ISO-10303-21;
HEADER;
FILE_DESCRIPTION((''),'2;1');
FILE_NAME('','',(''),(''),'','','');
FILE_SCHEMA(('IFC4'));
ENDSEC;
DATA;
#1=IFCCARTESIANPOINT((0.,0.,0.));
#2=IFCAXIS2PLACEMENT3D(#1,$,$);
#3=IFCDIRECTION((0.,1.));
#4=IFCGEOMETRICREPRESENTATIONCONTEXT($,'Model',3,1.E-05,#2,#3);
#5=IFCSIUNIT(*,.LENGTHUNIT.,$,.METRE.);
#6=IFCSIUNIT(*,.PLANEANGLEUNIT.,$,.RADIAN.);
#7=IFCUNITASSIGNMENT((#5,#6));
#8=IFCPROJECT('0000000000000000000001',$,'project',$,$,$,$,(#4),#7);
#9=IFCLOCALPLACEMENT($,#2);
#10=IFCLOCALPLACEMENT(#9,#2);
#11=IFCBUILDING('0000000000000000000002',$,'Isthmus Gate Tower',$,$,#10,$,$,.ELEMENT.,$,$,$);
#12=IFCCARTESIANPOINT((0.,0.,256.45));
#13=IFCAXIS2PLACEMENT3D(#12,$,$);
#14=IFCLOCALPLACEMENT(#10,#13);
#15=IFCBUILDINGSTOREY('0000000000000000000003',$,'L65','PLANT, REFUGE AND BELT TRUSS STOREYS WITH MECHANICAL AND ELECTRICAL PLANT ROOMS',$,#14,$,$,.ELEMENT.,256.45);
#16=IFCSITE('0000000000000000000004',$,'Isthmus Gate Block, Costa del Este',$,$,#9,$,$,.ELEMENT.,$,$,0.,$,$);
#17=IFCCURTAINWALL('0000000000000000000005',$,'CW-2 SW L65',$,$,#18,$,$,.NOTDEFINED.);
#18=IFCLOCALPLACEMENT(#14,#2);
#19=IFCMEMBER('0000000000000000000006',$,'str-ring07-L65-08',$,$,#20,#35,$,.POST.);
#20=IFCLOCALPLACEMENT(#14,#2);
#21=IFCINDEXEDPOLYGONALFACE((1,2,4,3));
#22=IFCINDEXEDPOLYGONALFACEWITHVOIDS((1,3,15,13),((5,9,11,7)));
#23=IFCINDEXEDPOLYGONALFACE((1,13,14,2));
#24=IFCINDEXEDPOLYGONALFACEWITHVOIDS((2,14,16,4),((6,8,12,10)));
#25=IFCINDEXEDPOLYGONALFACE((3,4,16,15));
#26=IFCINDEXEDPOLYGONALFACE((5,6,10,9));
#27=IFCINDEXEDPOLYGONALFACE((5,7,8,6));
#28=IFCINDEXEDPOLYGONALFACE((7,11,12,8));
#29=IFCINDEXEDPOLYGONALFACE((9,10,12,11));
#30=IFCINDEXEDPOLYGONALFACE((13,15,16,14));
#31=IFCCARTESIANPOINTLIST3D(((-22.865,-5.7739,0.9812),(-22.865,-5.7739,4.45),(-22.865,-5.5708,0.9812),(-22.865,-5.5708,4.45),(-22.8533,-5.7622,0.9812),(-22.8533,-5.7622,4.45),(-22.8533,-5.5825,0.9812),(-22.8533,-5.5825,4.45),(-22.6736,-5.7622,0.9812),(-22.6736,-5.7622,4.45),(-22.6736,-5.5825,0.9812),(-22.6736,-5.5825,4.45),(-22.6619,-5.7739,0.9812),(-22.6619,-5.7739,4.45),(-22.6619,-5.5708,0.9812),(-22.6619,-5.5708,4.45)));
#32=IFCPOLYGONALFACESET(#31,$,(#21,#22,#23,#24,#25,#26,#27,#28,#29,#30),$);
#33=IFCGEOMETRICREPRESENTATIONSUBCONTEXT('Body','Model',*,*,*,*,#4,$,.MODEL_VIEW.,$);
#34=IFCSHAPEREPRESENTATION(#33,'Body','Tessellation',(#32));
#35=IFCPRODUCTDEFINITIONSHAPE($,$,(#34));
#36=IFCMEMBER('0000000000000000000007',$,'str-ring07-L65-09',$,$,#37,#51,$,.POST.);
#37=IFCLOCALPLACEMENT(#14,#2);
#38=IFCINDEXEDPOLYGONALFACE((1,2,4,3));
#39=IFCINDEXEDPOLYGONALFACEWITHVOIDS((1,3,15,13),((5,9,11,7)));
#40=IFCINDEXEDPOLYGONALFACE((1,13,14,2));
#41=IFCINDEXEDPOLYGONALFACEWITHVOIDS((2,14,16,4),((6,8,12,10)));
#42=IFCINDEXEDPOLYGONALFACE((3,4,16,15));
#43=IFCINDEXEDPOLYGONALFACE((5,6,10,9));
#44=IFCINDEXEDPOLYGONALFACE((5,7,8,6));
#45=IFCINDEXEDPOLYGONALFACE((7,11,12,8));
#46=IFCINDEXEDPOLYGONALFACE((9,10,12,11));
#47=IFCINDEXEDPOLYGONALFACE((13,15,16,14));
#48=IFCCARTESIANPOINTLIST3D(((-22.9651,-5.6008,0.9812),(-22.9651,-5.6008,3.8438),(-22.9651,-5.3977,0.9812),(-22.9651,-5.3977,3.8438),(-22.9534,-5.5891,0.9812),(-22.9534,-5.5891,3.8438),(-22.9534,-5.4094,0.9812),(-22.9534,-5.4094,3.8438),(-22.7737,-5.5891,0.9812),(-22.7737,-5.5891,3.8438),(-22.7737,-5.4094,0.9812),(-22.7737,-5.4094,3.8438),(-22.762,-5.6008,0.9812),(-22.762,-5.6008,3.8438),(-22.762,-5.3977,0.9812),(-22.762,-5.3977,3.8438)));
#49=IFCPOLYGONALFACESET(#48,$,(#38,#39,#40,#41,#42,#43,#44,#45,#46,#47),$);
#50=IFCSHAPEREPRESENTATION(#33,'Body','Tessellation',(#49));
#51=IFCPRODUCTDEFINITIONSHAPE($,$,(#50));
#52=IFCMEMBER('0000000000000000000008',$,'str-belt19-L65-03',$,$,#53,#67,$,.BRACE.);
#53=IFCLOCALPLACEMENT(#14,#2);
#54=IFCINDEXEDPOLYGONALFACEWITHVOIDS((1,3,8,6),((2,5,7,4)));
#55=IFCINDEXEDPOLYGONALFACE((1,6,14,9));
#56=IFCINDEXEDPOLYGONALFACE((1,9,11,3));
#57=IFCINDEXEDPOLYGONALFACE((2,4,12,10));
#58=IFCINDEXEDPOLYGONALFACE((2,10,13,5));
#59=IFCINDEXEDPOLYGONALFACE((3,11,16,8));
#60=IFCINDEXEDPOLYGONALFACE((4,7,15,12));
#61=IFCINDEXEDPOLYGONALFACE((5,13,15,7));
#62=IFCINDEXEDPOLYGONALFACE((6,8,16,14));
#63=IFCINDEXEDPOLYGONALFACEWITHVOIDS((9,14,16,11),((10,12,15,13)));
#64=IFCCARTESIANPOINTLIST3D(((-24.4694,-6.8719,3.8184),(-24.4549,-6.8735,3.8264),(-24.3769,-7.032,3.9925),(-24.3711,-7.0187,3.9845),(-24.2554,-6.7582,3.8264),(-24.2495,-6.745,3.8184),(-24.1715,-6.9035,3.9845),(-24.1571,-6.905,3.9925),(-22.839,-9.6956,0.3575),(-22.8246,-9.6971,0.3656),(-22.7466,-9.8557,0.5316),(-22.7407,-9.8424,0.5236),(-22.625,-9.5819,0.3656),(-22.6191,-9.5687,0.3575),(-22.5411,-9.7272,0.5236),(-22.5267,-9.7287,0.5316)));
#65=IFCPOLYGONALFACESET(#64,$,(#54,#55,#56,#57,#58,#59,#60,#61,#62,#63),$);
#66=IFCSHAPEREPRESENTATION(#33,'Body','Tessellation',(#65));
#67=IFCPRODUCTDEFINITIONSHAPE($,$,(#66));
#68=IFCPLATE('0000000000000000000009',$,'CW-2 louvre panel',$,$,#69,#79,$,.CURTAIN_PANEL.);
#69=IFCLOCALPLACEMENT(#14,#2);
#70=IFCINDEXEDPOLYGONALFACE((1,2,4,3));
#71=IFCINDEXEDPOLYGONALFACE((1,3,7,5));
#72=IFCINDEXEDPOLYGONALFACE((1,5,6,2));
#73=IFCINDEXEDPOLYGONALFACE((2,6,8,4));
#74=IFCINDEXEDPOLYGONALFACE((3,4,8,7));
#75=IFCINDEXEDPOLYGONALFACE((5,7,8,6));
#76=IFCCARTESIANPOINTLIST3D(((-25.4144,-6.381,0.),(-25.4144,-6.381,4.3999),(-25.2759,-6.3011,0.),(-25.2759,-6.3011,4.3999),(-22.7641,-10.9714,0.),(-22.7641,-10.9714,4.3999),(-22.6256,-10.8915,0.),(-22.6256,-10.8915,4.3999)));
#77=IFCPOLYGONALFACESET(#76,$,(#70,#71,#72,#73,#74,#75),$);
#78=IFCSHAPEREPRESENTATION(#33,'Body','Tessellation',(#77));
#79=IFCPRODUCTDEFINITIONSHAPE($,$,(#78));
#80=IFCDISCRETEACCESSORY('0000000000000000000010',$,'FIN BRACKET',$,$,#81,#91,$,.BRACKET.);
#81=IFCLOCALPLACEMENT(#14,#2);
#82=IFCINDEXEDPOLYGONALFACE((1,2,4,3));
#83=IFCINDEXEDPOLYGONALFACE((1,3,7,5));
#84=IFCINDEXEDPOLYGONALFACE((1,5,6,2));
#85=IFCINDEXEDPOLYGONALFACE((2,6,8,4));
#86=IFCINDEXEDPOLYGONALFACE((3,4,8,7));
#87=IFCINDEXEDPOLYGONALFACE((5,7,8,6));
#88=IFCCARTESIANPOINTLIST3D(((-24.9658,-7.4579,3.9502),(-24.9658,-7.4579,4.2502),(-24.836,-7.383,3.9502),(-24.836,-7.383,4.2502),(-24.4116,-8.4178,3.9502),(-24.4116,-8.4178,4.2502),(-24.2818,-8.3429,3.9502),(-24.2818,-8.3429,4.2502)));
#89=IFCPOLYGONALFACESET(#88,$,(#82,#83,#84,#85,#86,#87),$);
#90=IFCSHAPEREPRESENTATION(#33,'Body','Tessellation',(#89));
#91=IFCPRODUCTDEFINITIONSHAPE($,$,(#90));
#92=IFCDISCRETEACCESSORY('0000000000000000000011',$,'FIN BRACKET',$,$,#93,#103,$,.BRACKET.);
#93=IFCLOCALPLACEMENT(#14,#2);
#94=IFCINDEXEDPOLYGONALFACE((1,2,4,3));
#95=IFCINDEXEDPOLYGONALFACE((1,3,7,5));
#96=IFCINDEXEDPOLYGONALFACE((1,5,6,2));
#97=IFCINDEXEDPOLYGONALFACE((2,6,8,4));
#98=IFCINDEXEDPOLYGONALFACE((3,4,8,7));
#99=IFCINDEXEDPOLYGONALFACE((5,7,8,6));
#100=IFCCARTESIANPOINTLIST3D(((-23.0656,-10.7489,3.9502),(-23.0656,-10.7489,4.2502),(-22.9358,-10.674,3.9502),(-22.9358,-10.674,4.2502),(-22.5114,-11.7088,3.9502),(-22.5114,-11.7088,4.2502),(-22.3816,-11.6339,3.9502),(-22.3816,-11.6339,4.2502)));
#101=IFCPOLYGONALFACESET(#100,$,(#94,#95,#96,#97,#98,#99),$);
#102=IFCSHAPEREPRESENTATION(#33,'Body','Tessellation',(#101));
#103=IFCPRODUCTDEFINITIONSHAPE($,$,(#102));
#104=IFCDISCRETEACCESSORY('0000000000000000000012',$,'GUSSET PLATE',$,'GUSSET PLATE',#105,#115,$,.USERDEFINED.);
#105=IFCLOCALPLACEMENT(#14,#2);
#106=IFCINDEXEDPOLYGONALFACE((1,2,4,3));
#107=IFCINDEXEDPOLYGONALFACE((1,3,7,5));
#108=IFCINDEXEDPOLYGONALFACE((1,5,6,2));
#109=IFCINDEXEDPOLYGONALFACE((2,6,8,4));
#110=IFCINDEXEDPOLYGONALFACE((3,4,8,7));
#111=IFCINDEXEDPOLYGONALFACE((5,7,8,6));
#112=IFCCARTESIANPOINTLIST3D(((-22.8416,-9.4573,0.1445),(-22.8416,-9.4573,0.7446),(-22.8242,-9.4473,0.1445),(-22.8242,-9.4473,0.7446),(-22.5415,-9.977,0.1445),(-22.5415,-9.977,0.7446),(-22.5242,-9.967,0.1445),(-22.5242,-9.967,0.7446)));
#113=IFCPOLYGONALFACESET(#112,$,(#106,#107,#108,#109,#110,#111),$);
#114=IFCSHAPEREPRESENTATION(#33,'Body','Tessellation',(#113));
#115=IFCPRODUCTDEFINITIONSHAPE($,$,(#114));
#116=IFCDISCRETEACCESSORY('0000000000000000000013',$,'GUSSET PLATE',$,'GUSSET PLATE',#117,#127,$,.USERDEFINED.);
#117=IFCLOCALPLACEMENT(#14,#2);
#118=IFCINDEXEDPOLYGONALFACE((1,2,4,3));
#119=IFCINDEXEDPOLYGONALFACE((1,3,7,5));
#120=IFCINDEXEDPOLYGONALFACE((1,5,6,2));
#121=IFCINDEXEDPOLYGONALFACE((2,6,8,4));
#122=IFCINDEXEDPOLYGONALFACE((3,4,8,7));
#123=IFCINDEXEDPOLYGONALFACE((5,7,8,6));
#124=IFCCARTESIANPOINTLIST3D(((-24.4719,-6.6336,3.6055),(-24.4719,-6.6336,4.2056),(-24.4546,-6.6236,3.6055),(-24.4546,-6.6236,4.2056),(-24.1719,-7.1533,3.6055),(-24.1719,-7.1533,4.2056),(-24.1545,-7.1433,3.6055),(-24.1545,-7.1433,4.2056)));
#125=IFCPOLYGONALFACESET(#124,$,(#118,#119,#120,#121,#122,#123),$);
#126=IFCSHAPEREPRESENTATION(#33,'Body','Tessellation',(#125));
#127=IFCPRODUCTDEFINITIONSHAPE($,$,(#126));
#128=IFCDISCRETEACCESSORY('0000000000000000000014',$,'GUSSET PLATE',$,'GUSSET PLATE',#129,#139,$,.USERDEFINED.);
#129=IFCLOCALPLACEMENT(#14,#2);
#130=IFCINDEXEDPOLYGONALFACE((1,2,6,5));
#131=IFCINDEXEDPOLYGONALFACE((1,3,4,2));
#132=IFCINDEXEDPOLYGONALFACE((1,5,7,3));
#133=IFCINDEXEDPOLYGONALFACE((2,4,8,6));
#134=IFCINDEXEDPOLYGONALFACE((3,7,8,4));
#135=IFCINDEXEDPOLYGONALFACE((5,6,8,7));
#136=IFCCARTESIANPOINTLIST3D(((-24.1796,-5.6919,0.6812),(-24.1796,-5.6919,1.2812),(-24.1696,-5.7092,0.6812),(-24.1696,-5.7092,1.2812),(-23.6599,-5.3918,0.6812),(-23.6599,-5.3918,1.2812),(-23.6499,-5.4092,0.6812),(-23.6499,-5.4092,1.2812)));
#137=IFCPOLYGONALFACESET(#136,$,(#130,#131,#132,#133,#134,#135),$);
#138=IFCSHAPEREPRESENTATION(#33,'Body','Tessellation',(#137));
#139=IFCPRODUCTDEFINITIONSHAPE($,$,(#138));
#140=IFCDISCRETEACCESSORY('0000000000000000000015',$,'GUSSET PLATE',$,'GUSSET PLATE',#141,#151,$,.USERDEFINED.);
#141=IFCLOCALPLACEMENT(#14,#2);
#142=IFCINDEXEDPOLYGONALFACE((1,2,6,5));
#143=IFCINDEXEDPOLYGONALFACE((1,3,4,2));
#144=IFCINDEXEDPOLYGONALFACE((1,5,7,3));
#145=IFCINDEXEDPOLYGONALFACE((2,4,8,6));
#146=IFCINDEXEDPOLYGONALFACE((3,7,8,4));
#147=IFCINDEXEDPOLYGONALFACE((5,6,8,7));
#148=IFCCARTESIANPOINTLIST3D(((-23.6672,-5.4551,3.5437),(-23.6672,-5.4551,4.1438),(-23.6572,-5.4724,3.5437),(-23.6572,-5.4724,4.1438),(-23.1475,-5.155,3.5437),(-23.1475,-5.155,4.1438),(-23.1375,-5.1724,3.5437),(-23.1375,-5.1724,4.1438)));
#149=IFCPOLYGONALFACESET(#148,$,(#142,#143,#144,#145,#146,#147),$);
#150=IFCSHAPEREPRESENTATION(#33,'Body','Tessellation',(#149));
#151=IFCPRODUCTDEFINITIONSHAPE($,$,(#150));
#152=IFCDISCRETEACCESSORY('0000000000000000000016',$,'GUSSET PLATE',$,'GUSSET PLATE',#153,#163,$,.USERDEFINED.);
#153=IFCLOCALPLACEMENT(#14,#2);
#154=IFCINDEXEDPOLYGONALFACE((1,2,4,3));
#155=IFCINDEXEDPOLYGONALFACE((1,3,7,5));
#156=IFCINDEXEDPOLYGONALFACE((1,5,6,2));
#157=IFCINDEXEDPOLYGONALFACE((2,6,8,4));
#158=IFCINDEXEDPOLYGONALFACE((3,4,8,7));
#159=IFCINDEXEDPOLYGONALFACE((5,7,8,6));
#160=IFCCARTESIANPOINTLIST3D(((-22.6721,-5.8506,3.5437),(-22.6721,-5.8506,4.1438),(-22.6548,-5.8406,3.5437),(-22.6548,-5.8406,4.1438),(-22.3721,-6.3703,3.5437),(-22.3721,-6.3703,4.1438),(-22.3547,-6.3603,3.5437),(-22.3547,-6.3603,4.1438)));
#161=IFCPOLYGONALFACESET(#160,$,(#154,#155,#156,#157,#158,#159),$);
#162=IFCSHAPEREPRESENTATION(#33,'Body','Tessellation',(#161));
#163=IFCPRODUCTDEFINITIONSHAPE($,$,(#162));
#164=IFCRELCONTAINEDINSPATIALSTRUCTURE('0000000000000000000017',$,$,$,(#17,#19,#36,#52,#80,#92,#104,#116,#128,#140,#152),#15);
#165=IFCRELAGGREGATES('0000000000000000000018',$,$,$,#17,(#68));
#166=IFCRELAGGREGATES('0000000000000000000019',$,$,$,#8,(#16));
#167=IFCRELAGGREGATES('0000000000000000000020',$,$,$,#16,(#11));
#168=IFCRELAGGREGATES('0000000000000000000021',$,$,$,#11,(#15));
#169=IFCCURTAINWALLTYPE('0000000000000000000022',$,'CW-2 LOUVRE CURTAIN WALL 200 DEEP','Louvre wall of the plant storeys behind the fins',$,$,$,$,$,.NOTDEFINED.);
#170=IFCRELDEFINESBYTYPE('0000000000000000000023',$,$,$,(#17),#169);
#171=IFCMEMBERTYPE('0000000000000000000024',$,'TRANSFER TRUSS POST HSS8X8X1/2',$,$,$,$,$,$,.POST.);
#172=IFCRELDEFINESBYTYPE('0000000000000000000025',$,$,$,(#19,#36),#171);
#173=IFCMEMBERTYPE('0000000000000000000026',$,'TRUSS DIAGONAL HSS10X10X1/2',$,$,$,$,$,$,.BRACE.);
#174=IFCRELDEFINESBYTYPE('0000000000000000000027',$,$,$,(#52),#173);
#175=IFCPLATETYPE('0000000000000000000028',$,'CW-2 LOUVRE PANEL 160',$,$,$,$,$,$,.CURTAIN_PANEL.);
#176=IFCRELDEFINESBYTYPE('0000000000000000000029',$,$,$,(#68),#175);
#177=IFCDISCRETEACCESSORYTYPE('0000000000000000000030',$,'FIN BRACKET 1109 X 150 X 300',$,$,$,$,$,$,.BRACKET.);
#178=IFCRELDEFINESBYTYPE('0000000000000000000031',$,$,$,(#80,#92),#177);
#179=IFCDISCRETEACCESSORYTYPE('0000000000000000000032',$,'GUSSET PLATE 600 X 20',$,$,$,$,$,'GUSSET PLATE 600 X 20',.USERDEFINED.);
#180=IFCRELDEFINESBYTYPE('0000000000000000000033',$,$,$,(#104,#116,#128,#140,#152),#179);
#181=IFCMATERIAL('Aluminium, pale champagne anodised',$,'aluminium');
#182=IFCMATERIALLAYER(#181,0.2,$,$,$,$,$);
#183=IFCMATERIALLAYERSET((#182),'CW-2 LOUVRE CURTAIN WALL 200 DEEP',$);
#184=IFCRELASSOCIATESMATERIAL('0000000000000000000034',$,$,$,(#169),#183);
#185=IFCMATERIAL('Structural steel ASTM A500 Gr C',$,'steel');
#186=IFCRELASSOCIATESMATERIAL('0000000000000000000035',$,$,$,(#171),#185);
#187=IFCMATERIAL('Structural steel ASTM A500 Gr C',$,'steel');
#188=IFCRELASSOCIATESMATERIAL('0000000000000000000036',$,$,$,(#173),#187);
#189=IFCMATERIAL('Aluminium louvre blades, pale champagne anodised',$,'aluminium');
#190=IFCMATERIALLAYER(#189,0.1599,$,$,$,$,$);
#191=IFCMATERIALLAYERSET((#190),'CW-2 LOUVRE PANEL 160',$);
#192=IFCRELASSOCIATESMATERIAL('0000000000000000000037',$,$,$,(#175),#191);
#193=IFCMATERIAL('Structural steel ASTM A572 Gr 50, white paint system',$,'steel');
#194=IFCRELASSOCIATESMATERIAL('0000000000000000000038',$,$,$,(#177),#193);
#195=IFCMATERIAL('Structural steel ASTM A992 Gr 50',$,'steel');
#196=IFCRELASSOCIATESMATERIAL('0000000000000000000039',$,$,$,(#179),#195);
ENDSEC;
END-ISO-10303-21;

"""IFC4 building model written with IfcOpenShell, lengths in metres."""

from ifc_helpers import new_model, si_unit, direction, frame, origin, origin_2d, place, context, subcontext, project, spatial, rectangle, hollow_rectangle, extrude, material, layer, layer_set, material_profile, profile_set, type_object, element, aggregate, save


model = new_model("IFC4")

# Units and contexts
model_context = context("Model", 3, precision=1e-05, world=origin(), true_north=direction((0.0, 1.0)))
body_context = subcontext(model_context, "Body", "Model", "MODEL_VIEW")
ifc_project = project(units=[si_unit("LENGTHUNIT", "METRE"), si_unit("PLANEANGLEUNIT", "RADIAN")], contexts=[model_context])

# Site, building, storey
site_placement = place(None, origin())
site = spatial("IfcSite", under=ifc_project, at=site_placement, Name="Isthmus Gate Block, Costa del Este", CompositionType="ELEMENT", RefElevation=0.0)
building_placement = place(site_placement, origin())
building = spatial("IfcBuilding", under=site, at=building_placement, Name="Isthmus Gate Tower", CompositionType="ELEMENT")
storey_placement = place(building_placement, frame((0.0, 0.0, 256.45)))
storey = spatial("IfcBuildingStorey", under=building, at=storey_placement, Name="L65", Description="PLANT, REFUGE AND BELT TRUSS STOREYS WITH MECHANICAL AND ELECTRICAL PLANT ROOMS", CompositionType="ELEMENT", Elevation=256.45)

# Curtain wall
ifc_material_1 = material(Name="Aluminium, pale champagne anodised", Category="aluminium")
ifc_layer_1 = layer(ifc_material_1, 0.2)
ifc_layer_set_1 = layer_set([ifc_layer_1], Name="CW-2 LOUVRE CURTAIN WALL 200 DEEP")
curtain_wall_type = type_object("IfcCurtainWallType", Name="CW-2 LOUVRE CURTAIN WALL 200 DEEP", Description="Louvre wall of the plant storeys behind the fins", PredefinedType="NOTDEFINED", material=ifc_layer_set_1)
curtain_wall_placement = place(storey_placement, origin())
curtain_wall = element("IfcCurtainWall", 1, at=curtain_wall_placement, inside=storey, type_object=curtain_wall_type, Name="CW-2 SW L65", PredefinedType="NOTDEFINED")

# Members
ifc_material_2 = material(Name="Structural steel ASTM A500 Gr C", Category="steel")
ifc_material_profile_1 = material_profile(ifc_material_2, hollow_rectangle(XDim=0.2031, YDim=0.2031, WallThickness=0.0117, at=origin_2d()), Name="HSS8X8X1/2")
ifc_profile_set_1 = profile_set([ifc_material_profile_1], Name="Structural steel ASTM A500 Gr C")
member_type_1 = type_object("IfcMemberType", Name="TRANSFER TRUSS POST HSS8X8X1/2", PredefinedType="POST", material=ifc_profile_set_1)
member_1_placement = place(storey_placement, frame((-22.7634, -5.6724, 0.9812), z_axis=(0.0, 0.0, 1.0), x_axis=(1.0, 0.0, 0.0)))
element("IfcMember", 2, at=member_1_placement, inside=storey, type_object=member_type_1, Name="str-ring07-L65-08", PredefinedType="POST", context=body_context, shape_type="SweptSolid", body=[
    extrude(hollow_rectangle(XDim=0.2031, YDim=0.2031, WallThickness=0.0117, at=origin_2d()), origin(), (0.0, 0.0, 1.0), 3.4688),
])
member_2_placement = place(storey_placement, frame((-22.8635, -5.4993, 0.9812), z_axis=(0.0, 0.0, 1.0), x_axis=(1.0, 0.0, 0.0)))
element("IfcMember", 3, at=member_2_placement, inside=storey, type_object=member_type_1, Name="str-ring07-L65-09", PredefinedType="POST", context=body_context, shape_type="SweptSolid", body=[
    extrude(hollow_rectangle(XDim=0.2031, YDim=0.2031, WallThickness=0.0117, at=origin_2d()), origin(), (0.0, 0.0, 1.0), 2.8625),
])
ifc_material_3 = material(Name="Structural steel ASTM A500 Gr C", Category="steel")
ifc_material_profile_2 = material_profile(ifc_material_3, hollow_rectangle(XDim=0.2539, YDim=0.2539, WallThickness=0.0117, at=origin_2d()), Name="HSS10X10X1/2")
ifc_profile_set_2 = profile_set([ifc_material_profile_2], Name="Structural steel ASTM A500 Gr C")
member_type_2 = type_object("IfcMemberType", Name="TRUSS DIAGONAL HSS10X10X1/2", PredefinedType="BRACE", material=ifc_profile_set_2)
member_3_placement = place(storey_placement, frame((-22.6829, -9.7122, 0.4446), z_axis=(-0.342878, 0.593849, 0.727858), x_axis=(-0.866014, -0.500021, 0.0)))
element("IfcMember", 4, at=member_3_placement, inside=storey, type_object=member_type_2, Name="str-belt19-L65-03", PredefinedType="BRACE", context=body_context, shape_type="SweptSolid", body=[
    extrude(hollow_rectangle(XDim=0.2539, YDim=0.2539, WallThickness=0.0117, at=origin_2d()), origin(), (0.0, 0.0, 1.0), 4.7549),
])

# Plate
ifc_material_4 = material(Name="Aluminium louvre blades, pale champagne anodised", Category="aluminium")
ifc_layer_2 = layer(ifc_material_4, 0.1599)
ifc_layer_set_2 = layer_set([ifc_layer_2], Name="CW-2 LOUVRE PANEL 160")
plate_type = type_object("IfcPlateType", Name="CW-2 LOUVRE PANEL 160", PredefinedType="CURTAIN_PANEL", material=ifc_layer_set_2)
plate_placement = place(storey_placement, frame((-24.02, -8.6362, 0.0), z_axis=(0.0, 0.0, 1.0), x_axis=(0.5, -0.866025, 0.0)))
plate = element("IfcPlate", 5, at=plate_placement, type_object=plate_type, Name="CW-2 louvre panel", PredefinedType="CURTAIN_PANEL", context=body_context, shape_type="SweptSolid", body=[
    extrude(rectangle(XDim=5.3005, YDim=0.1599, at=origin_2d()), origin(), (0.0, 0.0, 1.0), 4.3999),
])
aggregate(curtain_wall, [plate])

# Discrete accessories
ifc_material_5 = material(Name="Structural steel ASTM A572 Gr 50, white paint system", Category="steel")
discrete_accessory_type_1 = type_object("IfcDiscreteAccessoryType", Name="FIN BRACKET 1109 X 150 X 300", PredefinedType="BRACKET", material=ifc_material_5)
for number, where, z_axis, x_axis, name in (
    (6, (-24.6238, -7.9004, 3.9502), (0.0, 0.0, 1.0), (-0.866025, -0.5, 0.0), "FIN BRACKET"),
    (7, (-22.7236, -11.1914, 3.9502), (0.0, 0.0, 1.0), (-0.866025, -0.5, 0.0), "FIN BRACKET"),
):
    element("IfcDiscreteAccessory", number, at=place(storey_placement, frame(where, z_axis=z_axis, x_axis=x_axis)), inside=storey, type_object=discrete_accessory_type_1, Name=name, PredefinedType="BRACKET", context=body_context, shape_type="SweptSolid", body=[
        extrude(rectangle(XDim=0.1499, YDim=1.1084, at=origin_2d()), origin(), (0.0, 0.0, 1.0), 0.3),
    ])
ifc_material_6 = material(Name="Structural steel ASTM A992 Gr 50", Category="steel")
discrete_accessory_type_2 = type_object("IfcDiscreteAccessoryType", Name="GUSSET PLATE 600 X 20", ElementType="GUSSET PLATE 600 X 20", PredefinedType="USERDEFINED", material=ifc_material_6)
for number, where, z_axis, x_axis, name in (
    (8, (-22.6829, -9.7122, 0.1445), (0.0, 0.0, 1.0), (-0.5, 0.866025, 0.0), "GUSSET PLATE"),
    (9, (-24.3132, -6.8884, 3.6055), (0.0, 0.0, 1.0), (-0.5, 0.866025, 0.0), "GUSSET PLATE"),
    (10, (-23.9148, -5.5505, 0.6812), (0.0, 0.0, 1.0), (0.866025, 0.5, 0.0), "GUSSET PLATE"),
    (11, (-23.4023, -5.3137, 3.5437), (0.0, 0.0, 1.0), (0.866025, 0.5, 0.0), "GUSSET PLATE"),
    (12, (-22.5134, -6.1055, 3.5437), (0.0, 0.0, 1.0), (-0.5, 0.866025, 0.0), "GUSSET PLATE"),
):
    element("IfcDiscreteAccessory", number, at=place(storey_placement, frame(where, z_axis=z_axis, x_axis=x_axis)), inside=storey, type_object=discrete_accessory_type_2, Name=name, ObjectType="GUSSET PLATE", PredefinedType="USERDEFINED", context=body_context, shape_type="SweptSolid", body=[
        extrude(rectangle(XDim=0.6001, YDim=0.02, at=origin_2d()), origin(), (0.0, 0.0, 1.0), 0.6001),
    ])

save(model, "model.ifc")
